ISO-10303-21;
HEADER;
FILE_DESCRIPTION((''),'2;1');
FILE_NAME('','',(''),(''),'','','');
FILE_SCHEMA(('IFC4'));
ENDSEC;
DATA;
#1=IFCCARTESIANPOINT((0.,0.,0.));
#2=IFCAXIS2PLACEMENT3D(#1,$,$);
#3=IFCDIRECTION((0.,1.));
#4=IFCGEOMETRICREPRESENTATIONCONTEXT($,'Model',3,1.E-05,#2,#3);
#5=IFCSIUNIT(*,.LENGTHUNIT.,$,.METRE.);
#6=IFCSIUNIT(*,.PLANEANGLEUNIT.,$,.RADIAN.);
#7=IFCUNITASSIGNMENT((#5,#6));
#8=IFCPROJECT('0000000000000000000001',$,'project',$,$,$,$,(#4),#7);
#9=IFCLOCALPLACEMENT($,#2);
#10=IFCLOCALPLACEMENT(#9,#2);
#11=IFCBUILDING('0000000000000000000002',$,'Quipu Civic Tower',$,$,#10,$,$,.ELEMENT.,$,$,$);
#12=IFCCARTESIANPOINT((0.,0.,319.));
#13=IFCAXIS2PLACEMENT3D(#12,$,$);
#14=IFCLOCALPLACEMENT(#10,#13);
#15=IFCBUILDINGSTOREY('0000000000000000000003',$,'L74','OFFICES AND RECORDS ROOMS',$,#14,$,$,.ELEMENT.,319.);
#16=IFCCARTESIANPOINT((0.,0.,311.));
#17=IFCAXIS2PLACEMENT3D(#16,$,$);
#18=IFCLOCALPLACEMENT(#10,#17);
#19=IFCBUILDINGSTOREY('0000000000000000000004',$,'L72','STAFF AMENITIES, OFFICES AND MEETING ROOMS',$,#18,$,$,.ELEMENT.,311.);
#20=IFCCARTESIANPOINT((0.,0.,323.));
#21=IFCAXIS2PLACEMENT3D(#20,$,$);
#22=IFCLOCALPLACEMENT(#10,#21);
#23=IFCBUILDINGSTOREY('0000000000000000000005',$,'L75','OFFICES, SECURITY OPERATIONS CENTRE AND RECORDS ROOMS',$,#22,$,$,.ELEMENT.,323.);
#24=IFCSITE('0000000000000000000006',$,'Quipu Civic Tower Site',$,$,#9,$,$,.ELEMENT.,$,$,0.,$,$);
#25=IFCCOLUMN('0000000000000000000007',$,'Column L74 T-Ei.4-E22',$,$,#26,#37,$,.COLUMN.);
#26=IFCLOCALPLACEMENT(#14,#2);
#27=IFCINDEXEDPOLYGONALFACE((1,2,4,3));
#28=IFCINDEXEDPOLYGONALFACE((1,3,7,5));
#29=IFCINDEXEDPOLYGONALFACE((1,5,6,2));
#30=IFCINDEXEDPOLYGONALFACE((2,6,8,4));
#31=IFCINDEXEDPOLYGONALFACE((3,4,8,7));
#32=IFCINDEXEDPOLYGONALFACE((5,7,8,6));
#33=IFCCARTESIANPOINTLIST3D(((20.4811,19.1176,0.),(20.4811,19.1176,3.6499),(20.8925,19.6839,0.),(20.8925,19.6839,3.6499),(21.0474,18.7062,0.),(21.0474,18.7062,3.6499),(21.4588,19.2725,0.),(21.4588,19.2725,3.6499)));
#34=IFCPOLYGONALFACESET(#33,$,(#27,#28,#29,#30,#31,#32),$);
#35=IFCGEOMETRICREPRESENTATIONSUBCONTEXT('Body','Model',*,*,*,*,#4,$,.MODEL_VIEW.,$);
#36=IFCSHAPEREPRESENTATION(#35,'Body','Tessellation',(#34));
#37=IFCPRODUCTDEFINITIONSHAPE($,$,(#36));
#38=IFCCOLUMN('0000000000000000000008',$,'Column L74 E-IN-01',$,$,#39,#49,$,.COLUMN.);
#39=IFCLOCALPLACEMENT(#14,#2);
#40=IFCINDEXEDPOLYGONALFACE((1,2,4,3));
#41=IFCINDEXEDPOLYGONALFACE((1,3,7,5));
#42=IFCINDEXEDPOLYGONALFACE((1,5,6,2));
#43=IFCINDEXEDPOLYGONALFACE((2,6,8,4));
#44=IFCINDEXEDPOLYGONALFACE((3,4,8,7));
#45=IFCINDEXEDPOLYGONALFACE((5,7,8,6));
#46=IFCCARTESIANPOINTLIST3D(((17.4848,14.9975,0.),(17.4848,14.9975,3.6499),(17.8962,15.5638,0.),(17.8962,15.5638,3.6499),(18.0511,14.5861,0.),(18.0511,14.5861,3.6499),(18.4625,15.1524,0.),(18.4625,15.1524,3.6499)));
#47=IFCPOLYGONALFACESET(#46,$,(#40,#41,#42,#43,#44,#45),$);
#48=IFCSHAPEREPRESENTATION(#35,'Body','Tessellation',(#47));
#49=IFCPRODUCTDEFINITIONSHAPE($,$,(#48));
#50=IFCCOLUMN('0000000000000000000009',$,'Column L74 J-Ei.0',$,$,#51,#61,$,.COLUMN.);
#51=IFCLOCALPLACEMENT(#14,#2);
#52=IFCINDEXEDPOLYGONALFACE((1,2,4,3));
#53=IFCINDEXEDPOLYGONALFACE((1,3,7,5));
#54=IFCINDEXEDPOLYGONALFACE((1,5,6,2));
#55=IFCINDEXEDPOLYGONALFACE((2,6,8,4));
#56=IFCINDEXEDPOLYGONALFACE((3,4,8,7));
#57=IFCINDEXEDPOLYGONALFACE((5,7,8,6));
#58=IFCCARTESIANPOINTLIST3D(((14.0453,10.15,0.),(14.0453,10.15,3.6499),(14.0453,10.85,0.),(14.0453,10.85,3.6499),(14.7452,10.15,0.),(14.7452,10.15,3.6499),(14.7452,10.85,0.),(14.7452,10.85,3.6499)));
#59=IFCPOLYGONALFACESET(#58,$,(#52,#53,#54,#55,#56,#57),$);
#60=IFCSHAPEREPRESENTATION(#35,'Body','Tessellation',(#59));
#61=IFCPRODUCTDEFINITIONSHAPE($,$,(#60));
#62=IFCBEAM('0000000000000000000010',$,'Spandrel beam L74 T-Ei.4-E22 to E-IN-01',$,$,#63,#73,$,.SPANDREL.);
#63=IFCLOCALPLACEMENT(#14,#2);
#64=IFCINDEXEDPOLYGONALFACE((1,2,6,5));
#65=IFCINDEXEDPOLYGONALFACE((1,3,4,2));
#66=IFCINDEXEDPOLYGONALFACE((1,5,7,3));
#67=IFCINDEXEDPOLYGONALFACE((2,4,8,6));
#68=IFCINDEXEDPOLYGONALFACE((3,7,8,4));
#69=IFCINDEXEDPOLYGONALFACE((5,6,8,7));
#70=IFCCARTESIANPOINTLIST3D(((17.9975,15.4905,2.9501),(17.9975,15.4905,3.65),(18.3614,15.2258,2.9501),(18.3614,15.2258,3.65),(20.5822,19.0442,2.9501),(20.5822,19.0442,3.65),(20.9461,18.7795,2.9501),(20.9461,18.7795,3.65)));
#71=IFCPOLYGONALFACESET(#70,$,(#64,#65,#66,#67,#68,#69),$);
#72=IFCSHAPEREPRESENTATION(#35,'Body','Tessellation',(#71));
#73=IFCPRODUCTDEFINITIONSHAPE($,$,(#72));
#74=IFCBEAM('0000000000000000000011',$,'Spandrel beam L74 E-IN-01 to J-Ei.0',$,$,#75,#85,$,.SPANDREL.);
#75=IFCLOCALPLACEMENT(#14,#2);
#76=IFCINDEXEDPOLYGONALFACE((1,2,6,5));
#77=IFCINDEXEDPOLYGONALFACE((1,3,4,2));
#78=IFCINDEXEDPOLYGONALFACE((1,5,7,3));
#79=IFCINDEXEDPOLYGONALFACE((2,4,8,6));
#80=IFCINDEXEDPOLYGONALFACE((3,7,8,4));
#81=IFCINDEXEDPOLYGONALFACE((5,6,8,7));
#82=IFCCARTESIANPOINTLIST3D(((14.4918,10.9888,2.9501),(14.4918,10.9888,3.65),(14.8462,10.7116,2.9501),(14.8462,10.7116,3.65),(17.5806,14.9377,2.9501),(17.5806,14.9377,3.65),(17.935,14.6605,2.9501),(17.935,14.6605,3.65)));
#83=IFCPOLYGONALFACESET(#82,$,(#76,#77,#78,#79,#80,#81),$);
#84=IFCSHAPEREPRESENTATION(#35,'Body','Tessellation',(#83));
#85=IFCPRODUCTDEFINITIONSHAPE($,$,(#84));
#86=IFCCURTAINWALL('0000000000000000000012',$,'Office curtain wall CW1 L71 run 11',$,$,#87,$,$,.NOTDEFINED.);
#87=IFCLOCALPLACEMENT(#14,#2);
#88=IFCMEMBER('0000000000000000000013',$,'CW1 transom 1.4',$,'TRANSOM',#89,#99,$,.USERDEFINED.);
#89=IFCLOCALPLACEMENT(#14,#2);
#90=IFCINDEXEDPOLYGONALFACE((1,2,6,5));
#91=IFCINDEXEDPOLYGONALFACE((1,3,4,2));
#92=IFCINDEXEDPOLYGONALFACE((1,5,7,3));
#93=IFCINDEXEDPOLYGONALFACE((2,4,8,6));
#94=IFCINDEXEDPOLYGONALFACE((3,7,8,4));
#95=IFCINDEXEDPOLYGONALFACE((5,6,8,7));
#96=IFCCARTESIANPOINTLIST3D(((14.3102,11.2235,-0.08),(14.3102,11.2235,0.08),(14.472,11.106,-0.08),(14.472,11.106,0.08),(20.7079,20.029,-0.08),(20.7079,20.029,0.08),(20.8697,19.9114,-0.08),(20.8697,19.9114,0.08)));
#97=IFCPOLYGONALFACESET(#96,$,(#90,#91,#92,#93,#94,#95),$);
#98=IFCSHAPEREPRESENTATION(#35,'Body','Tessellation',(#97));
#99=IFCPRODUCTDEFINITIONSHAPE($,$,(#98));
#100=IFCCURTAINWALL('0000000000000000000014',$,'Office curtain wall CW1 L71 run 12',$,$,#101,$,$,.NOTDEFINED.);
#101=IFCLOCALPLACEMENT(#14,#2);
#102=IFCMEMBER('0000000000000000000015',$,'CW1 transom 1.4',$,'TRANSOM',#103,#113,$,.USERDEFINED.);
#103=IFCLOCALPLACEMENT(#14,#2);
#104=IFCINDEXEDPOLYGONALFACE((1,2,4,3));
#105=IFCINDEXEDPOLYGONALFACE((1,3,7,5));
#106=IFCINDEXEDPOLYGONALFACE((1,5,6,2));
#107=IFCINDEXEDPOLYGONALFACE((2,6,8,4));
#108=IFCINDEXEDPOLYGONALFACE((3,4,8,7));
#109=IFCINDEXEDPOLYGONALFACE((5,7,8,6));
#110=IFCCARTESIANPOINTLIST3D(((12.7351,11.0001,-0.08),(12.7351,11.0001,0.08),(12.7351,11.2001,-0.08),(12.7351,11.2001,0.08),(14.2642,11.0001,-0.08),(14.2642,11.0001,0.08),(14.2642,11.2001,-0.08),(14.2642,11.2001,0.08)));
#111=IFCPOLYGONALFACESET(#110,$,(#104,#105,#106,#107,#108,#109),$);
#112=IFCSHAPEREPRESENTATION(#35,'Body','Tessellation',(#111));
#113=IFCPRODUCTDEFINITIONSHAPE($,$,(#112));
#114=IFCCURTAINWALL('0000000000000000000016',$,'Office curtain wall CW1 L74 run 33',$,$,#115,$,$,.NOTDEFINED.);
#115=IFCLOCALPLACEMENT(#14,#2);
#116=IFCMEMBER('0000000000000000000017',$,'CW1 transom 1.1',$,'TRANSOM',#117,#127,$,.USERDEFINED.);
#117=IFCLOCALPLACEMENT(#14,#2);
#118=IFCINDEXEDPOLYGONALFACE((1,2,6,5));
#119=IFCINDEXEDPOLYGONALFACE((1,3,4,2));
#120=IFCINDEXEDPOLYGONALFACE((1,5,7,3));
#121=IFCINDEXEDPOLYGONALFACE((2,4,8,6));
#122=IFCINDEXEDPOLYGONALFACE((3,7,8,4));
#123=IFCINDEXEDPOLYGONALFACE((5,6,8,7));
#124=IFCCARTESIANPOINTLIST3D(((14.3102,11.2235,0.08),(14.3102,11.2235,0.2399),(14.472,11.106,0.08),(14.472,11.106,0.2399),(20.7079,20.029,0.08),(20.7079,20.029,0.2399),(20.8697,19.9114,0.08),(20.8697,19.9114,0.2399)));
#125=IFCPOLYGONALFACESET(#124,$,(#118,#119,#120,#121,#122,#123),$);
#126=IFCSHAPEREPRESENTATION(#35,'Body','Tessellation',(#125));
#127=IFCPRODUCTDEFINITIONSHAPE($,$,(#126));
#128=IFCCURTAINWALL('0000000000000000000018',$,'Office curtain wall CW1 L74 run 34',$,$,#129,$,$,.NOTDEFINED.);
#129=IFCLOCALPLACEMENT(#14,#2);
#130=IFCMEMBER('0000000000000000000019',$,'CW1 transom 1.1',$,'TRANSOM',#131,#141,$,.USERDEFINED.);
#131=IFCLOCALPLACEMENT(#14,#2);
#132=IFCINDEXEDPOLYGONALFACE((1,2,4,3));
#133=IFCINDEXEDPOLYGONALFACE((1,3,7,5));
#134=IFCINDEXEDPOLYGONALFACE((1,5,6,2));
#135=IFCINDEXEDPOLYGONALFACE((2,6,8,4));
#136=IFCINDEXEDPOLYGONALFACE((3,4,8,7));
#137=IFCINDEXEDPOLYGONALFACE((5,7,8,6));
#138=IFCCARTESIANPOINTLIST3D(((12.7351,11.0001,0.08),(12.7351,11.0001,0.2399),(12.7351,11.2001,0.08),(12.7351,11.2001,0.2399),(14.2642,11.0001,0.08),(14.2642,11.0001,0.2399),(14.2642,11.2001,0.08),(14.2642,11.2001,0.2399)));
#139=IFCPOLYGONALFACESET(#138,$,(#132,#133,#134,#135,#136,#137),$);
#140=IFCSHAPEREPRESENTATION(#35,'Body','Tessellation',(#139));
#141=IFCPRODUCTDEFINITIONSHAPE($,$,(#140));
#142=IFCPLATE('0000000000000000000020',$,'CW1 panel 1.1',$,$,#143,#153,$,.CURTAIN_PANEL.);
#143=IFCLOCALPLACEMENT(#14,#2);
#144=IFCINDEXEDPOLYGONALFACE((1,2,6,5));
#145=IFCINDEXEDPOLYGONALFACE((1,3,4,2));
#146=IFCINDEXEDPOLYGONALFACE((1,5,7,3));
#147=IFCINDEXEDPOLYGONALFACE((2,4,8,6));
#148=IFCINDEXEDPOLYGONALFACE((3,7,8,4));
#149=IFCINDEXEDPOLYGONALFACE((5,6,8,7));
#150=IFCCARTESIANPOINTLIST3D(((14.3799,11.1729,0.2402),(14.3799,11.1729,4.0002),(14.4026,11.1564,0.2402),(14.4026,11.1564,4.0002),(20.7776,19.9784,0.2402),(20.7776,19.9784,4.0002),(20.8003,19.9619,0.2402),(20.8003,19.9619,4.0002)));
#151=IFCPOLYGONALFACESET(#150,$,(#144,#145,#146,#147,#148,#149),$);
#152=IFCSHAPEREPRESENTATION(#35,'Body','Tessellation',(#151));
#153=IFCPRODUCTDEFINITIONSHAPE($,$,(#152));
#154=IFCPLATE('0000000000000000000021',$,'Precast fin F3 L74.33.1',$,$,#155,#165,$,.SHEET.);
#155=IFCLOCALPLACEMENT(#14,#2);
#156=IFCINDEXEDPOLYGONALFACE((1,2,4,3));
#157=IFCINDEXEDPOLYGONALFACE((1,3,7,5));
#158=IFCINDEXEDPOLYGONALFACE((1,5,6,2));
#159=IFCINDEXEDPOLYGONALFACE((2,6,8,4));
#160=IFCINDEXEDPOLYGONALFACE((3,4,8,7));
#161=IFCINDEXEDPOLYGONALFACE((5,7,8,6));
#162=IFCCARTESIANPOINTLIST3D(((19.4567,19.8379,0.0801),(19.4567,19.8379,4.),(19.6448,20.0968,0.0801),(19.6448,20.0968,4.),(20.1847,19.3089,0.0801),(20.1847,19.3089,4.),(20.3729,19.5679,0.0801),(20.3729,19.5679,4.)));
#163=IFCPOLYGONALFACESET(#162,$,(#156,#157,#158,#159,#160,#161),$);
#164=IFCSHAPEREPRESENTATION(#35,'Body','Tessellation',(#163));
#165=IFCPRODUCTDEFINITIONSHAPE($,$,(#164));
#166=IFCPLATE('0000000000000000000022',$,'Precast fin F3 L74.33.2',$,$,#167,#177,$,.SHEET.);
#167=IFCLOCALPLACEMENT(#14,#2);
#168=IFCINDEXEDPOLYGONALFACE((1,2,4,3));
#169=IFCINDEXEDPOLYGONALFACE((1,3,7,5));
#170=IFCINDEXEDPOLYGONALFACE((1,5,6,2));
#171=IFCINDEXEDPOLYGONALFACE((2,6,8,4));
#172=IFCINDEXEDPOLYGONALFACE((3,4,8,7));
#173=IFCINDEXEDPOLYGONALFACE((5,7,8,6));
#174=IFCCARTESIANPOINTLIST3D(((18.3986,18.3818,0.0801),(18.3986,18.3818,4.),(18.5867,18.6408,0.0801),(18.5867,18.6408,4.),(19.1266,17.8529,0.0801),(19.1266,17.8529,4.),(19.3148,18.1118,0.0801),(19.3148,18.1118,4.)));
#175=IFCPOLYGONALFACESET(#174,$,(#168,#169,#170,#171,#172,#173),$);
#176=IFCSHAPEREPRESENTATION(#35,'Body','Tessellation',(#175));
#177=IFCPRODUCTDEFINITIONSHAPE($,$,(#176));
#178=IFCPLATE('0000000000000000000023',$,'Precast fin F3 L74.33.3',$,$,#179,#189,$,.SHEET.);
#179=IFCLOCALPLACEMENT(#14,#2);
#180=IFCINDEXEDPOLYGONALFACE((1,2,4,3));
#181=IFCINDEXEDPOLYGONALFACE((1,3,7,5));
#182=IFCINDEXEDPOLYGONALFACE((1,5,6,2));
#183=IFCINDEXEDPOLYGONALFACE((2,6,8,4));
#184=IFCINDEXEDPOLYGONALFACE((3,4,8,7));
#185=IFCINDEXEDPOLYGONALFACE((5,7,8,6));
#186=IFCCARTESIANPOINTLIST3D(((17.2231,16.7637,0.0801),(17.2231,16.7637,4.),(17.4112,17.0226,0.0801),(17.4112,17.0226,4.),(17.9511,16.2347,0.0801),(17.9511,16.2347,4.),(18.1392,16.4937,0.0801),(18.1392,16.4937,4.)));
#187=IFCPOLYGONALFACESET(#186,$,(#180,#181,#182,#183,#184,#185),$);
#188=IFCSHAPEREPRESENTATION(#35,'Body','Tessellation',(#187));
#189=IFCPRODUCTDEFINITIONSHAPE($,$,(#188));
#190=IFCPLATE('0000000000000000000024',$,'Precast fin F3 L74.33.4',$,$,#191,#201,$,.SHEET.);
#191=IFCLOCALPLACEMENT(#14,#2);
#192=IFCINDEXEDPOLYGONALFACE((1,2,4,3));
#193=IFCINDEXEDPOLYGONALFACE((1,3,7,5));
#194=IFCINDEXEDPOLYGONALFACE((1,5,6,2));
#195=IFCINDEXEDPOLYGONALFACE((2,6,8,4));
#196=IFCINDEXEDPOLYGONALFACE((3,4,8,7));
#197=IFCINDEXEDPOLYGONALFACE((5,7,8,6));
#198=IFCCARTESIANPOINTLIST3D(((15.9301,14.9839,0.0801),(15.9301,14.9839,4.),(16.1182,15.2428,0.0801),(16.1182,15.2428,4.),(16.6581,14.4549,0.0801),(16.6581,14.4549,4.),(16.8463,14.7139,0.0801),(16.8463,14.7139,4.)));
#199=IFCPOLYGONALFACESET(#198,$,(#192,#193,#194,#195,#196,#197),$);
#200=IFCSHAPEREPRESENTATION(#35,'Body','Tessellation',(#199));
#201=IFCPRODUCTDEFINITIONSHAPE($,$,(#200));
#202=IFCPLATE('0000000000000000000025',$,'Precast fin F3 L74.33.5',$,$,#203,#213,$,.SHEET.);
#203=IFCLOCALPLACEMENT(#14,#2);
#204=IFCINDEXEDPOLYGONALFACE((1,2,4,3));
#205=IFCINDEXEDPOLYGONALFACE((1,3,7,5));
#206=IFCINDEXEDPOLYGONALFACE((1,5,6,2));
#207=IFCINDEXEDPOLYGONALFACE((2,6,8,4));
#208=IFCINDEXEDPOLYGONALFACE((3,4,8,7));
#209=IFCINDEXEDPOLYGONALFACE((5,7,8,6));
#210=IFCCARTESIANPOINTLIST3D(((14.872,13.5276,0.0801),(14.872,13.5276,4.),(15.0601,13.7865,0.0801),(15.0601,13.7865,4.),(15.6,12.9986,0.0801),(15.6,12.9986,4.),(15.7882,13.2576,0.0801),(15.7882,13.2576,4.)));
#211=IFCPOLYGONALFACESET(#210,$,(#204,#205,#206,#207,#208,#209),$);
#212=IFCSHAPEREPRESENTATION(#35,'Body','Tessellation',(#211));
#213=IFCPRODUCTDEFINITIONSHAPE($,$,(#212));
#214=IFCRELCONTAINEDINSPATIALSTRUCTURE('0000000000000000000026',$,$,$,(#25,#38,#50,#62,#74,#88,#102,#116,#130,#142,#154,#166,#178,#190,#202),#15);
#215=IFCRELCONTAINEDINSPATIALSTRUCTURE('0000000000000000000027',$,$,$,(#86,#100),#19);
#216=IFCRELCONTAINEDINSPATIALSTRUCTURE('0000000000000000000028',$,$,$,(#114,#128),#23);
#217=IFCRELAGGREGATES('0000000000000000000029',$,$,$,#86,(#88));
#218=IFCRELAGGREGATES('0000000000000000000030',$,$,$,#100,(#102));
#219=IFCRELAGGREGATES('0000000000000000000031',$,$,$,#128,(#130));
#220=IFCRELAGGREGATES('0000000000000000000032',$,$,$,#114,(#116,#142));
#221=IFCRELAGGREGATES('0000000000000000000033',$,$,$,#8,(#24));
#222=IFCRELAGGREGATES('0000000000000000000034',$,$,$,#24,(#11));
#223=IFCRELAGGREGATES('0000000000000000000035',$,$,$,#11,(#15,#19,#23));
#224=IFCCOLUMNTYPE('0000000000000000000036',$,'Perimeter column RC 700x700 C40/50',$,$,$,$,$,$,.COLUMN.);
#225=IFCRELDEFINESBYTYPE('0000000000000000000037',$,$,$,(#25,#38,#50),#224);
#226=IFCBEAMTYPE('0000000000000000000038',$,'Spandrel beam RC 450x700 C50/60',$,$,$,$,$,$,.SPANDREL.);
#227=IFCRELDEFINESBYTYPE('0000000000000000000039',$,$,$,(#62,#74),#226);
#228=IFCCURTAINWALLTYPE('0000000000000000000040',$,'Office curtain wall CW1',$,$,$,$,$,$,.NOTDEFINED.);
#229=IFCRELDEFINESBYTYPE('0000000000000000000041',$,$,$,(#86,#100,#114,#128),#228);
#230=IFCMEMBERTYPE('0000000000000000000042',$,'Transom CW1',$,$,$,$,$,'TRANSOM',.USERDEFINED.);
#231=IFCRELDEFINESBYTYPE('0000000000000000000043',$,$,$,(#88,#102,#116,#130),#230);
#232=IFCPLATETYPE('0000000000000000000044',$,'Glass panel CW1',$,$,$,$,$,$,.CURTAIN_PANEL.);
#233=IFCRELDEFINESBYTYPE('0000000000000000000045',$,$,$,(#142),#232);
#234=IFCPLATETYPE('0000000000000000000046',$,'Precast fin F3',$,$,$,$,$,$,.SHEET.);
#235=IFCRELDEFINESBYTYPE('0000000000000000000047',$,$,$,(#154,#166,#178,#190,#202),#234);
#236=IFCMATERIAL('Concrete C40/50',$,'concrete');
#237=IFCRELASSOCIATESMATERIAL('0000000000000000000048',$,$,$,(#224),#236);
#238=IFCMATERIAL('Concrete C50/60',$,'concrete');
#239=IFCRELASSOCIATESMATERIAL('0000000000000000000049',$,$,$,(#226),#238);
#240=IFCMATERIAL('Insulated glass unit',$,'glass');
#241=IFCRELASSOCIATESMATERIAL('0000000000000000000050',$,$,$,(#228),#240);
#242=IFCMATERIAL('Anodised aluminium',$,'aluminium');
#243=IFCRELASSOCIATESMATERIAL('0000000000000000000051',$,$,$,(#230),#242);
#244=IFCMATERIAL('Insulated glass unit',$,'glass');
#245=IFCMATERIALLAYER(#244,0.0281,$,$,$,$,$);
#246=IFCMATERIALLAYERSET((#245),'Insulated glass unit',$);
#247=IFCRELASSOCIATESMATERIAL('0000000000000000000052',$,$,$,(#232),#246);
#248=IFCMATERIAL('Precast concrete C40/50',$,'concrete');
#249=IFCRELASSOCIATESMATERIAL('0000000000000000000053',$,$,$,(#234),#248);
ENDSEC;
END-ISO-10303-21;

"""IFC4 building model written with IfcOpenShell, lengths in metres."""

from ifc_helpers import new_model, si_unit, direction, frame, origin, origin_2d, place, context, subcontext, project, spatial, rectangle, extrude, material, layer, layer_set, material_profile, profile_set, type_object, element, aggregate, save


model = new_model("IFC4")

# Units and contexts
model_context = context("Model", 3, precision=1e-05, world=origin(), true_north=direction((0.0, 1.0)))
body_context = subcontext(model_context, "Body", "Model", "MODEL_VIEW")
ifc_project = project(units=[si_unit("LENGTHUNIT", "METRE"), si_unit("PLANEANGLEUNIT", "RADIAN")], contexts=[model_context])

# Site, building, storey
site_placement = place(None, origin())
site = spatial("IfcSite", under=ifc_project, at=site_placement, Name="Quipu Civic Tower Site", CompositionType="ELEMENT", RefElevation=0.0)
building_placement = place(site_placement, origin())
building = spatial("IfcBuilding", under=site, at=building_placement, Name="Quipu Civic Tower", CompositionType="ELEMENT")
storey_1_placement = place(building_placement, frame((0.0, 0.0, 319.0)))
storey_1 = spatial("IfcBuildingStorey", under=building, at=storey_1_placement, Name="L74", Description="OFFICES AND RECORDS ROOMS", CompositionType="ELEMENT", Elevation=319.0)

# Columns
ifc_material_1 = material(Name="Concrete C40/50", Category="concrete")
ifc_material_profile_1 = material_profile(ifc_material_1, rectangle(XDim=0.7, YDim=0.7, at=origin_2d()), Name="RC700x700")
ifc_profile_set_1 = profile_set([ifc_material_profile_1], Name="Concrete C40/50")
column_type = type_object("IfcColumnType", Name="Perimeter column RC 700x700 C40/50", PredefinedType="COLUMN", material=ifc_profile_set_1)
for number, where, z_axis, x_axis, name in (
    (1, (20.97, 19.1951, 0.0), (0.0, 0.0, 1.0), (-0.587785, -0.809017, 0.0), "Column L74 T-Ei.4-E22"),
    (2, (17.9736, 15.075, 0.0), (0.0, 0.0, 1.0), (-0.587785, -0.809017, 0.0), "Column L74 E-IN-01"),
    (3, (14.3953, 10.5, 0.0), (0.0, 0.0, 1.0), (-1.0, 0.0, 0.0), "Column L74 J-Ei.0"),
):
    element("IfcColumn", number, at=place(storey_1_placement, frame(where, z_axis=z_axis, x_axis=x_axis)), inside=storey_1, type_object=column_type, Name=name, PredefinedType="COLUMN", context=body_context, shape_type="SweptSolid", body=[
        extrude(rectangle(XDim=0.7, YDim=0.7, at=origin_2d()), origin(), (0.0, 0.0, 1.0), 3.6499),
    ])

# Beams
ifc_material_2 = material(Name="Concrete C50/60", Category="concrete")
ifc_material_profile_2 = material_profile(ifc_material_2, rectangle(XDim=0.45, YDim=0.7, at=origin_2d()), Name="RC450x700")
ifc_profile_set_2 = profile_set([ifc_material_profile_2], Name="Concrete C50/60")
beam_type = type_object("IfcBeamType", Name="Spandrel beam RC 450x700 C50/60", PredefinedType="SPANDREL", material=ifc_profile_set_2)
beam_1_placement = place(storey_1_placement, frame((20.7642, 18.9119, 3.3), z_axis=(-0.588201, -0.808714, 0.0), x_axis=(0.808714, -0.588201, 0.0)))
element("IfcBeam", 4, at=beam_1_placement, inside=storey_1, type_object=beam_type, Name="Spandrel beam L74 T-Ei.4-E22 to E-IN-01", PredefinedType="SPANDREL", context=body_context, shape_type="SweptSolid", body=[
    extrude(rectangle(XDim=0.45, YDim=0.7, at=origin_2d()), origin(), (0.0, 0.0, 1.0), 4.3943),
])
beam_2_placement = place(storey_1_placement, frame((17.7578, 14.7991, 3.3), z_axis=(-0.616106, -0.787663, 0.0), x_axis=(0.787663, -0.616106, 0.0)))
element("IfcBeam", 5, at=beam_2_placement, inside=storey_1, type_object=beam_type, Name="Spandrel beam L74 E-IN-01 to J-Ei.0", PredefinedType="SPANDREL", context=body_context, shape_type="SweptSolid", body=[
    extrude(rectangle(XDim=0.45, YDim=0.7, at=origin_2d()), origin(), (0.0, 0.0, 1.0), 5.0134),
])

# Shared definitions
storey_2_placement = place(building_placement, frame((0.0, 0.0, 311.0)))
storey_2 = spatial("IfcBuildingStorey", under=building, at=storey_2_placement, Name="L72", Description="STAFF AMENITIES, OFFICES AND MEETING ROOMS", CompositionType="ELEMENT", Elevation=311.0)

# Curtain walls, members
ifc_material_3 = material(Name="Insulated glass unit", Category="glass")
curtain_wall_type = type_object("IfcCurtainWallType", Name="Office curtain wall CW1", PredefinedType="NOTDEFINED", material=ifc_material_3)
curtain_wall_1_placement = place(storey_2_placement, origin())
curtain_wall_1 = element("IfcCurtainWall", 6, at=curtain_wall_1_placement, inside=storey_2, type_object=curtain_wall_type, Name="Office curtain wall CW1 L71 run 11", PredefinedType="NOTDEFINED")
ifc_material_4 = material(Name="Anodised aluminium", Category="aluminium")
ifc_material_profile_3 = material_profile(ifc_material_4, rectangle(XDim=0.2, YDim=0.1599, at=origin_2d()), Name="RECT 200x160")
ifc_profile_set_3 = profile_set([ifc_material_profile_3], Name="Anodised aluminium")
member_type = type_object("IfcMemberType", Name="Transom CW1", ElementType="TRANSOM", PredefinedType="USERDEFINED", material=ifc_profile_set_3)
member_1_placement = place(storey_1_placement, frame((20.7888, 19.9702, 0.0), z_axis=(-0.587797, -0.809009, 0.0), x_axis=(0.809009, -0.587797, 0.0)))
member_1 = element("IfcMember", 7, at=member_1_placement, inside=storey_1, type_object=member_type, Name="CW1 transom 1.4", ObjectType="TRANSOM", PredefinedType="USERDEFINED", context=body_context, shape_type="SweptSolid", body=[
    extrude(rectangle(XDim=0.2, YDim=0.1599, at=origin_2d()), origin(), (0.0, 0.0, 1.0), 10.8843),
])
aggregate(curtain_wall_1, [member_1])
curtain_wall_2_placement = place(storey_2_placement, origin())
curtain_wall_2 = element("IfcCurtainWall", 8, at=curtain_wall_2_placement, inside=storey_2, type_object=curtain_wall_type, Name="Office curtain wall CW1 L71 run 12", PredefinedType="NOTDEFINED")
member_2_placement = place(storey_1_placement, frame((14.2642, 11.1001, 0.0), z_axis=(-1.0, 0.0, 0.0), x_axis=(0.0, -1.0, 0.0)))
member_2 = element("IfcMember", 9, at=member_2_placement, inside=storey_1, type_object=member_type, Name="CW1 transom 1.4", ObjectType="TRANSOM", PredefinedType="USERDEFINED", context=body_context, shape_type="SweptSolid", body=[
    extrude(rectangle(XDim=0.2, YDim=0.1599, at=origin_2d()), origin(), (0.0, 0.0, 1.0), 1.5291),
])
aggregate(curtain_wall_2, [member_2])

# Shared definitions
storey_3_placement = place(building_placement, frame((0.0, 0.0, 323.0)))
storey_3 = spatial("IfcBuildingStorey", under=building, at=storey_3_placement, Name="L75", Description="OFFICES, SECURITY OPERATIONS CENTRE AND RECORDS ROOMS", CompositionType="ELEMENT", Elevation=323.0)

# Curtain walls, members
curtain_wall_3_placement = place(storey_3_placement, origin())
curtain_wall_3 = element("IfcCurtainWall", 10, at=curtain_wall_3_placement, inside=storey_3, type_object=curtain_wall_type, Name="Office curtain wall CW1 L74 run 33", PredefinedType="NOTDEFINED")
member_3_placement = place(storey_1_placement, frame((20.7888, 19.9702, 0.1599), z_axis=(-0.587797, -0.809009, 0.0), x_axis=(0.809009, -0.587797, 0.0)))
member_3 = element("IfcMember", 11, at=member_3_placement, inside=storey_1, type_object=member_type, Name="CW1 transom 1.1", ObjectType="TRANSOM", PredefinedType="USERDEFINED", context=body_context, shape_type="SweptSolid", body=[
    extrude(rectangle(XDim=0.2, YDim=0.1599, at=origin_2d()), origin(), (0.0, 0.0, 1.0), 10.8843),
])
curtain_wall_4_placement = place(storey_3_placement, origin())
curtain_wall_4 = element("IfcCurtainWall", 12, at=curtain_wall_4_placement, inside=storey_3, type_object=curtain_wall_type, Name="Office curtain wall CW1 L74 run 34", PredefinedType="NOTDEFINED")
member_4_placement = place(storey_1_placement, frame((14.2642, 11.1001, 0.1599), z_axis=(-1.0, 0.0, 0.0), x_axis=(0.0, -1.0, 0.0)))
member_4 = element("IfcMember", 13, at=member_4_placement, inside=storey_1, type_object=member_type, Name="CW1 transom 1.1", ObjectType="TRANSOM", PredefinedType="USERDEFINED", context=body_context, shape_type="SweptSolid", body=[
    extrude(rectangle(XDim=0.2, YDim=0.1599, at=origin_2d()), origin(), (0.0, 0.0, 1.0), 1.5291),
])
aggregate(curtain_wall_4, [member_4])

# Plate
ifc_material_5 = material(Name="Insulated glass unit", Category="glass")
ifc_layer_1 = layer(ifc_material_5, 0.0281)
ifc_layer_set_1 = layer_set([ifc_layer_1], Name="Insulated glass unit")
plate_type_1 = type_object("IfcPlateType", Name="Glass panel CW1", PredefinedType="CURTAIN_PANEL", material=ifc_layer_set_1)
plate_placement = place(storey_1_placement, frame((17.5901, 15.5674, 0.2402), z_axis=(0.0, 0.0, 1.0), x_axis=(-0.587788, -0.809015, 0.0)))
plate = element("IfcPlate", 14, at=plate_placement, inside=storey_1, type_object=plate_type_1, Name="CW1 panel 1.1", PredefinedType="CURTAIN_PANEL", context=body_context, shape_type="SweptSolid", body=[
    extrude(rectangle(XDim=10.8843, YDim=0.0281, at=origin_2d()), origin(), (0.0, 0.0, 1.0), 3.76),
])
aggregate(curtain_wall_3, [member_3, plate])

# Plates
ifc_material_6 = material(Name="Precast concrete C40/50", Category="concrete")
plate_type_2 = type_object("IfcPlateType", Name="Precast fin F3", PredefinedType="SHEET", material=ifc_material_6)
for number, where, z_axis, x_axis, name in (
    (15, (19.9148, 19.7029, 0.0801), (0.0, 0.0, 1.0), (-0.587784, -0.809018, 0.0), "Precast fin F3 L74.33.1"),
    (16, (18.8567, 18.2468, 0.0801), (0.0, 0.0, 1.0), (-0.587784, -0.809018, 0.0), "Precast fin F3 L74.33.2"),
    (17, (17.6812, 16.6287, 0.0801), (0.0, 0.0, 1.0), (-0.587784, -0.809018, 0.0), "Precast fin F3 L74.33.3"),
    (18, (16.3882, 14.8489, 0.0801), (0.0, 0.0, 1.0), (-0.587784, -0.809018, 0.0), "Precast fin F3 L74.33.4"),
    (19, (15.3301, 13.3926, 0.0801), (0.0, 0.0, 1.0), (-0.587784, -0.809018, 0.0), "Precast fin F3 L74.33.5"),
):
    element("IfcPlate", number, at=place(storey_1_placement, frame(where, z_axis=z_axis, x_axis=x_axis)), inside=storey_1, type_object=plate_type_2, Name=name, PredefinedType="SHEET", context=body_context, shape_type="SweptSolid", body=[
        extrude(rectangle(XDim=0.3201, YDim=0.8999, at=origin_2d()), origin(), (0.0, 0.0, 1.0), 3.9199),
    ])

save(model, "model.ifc")
